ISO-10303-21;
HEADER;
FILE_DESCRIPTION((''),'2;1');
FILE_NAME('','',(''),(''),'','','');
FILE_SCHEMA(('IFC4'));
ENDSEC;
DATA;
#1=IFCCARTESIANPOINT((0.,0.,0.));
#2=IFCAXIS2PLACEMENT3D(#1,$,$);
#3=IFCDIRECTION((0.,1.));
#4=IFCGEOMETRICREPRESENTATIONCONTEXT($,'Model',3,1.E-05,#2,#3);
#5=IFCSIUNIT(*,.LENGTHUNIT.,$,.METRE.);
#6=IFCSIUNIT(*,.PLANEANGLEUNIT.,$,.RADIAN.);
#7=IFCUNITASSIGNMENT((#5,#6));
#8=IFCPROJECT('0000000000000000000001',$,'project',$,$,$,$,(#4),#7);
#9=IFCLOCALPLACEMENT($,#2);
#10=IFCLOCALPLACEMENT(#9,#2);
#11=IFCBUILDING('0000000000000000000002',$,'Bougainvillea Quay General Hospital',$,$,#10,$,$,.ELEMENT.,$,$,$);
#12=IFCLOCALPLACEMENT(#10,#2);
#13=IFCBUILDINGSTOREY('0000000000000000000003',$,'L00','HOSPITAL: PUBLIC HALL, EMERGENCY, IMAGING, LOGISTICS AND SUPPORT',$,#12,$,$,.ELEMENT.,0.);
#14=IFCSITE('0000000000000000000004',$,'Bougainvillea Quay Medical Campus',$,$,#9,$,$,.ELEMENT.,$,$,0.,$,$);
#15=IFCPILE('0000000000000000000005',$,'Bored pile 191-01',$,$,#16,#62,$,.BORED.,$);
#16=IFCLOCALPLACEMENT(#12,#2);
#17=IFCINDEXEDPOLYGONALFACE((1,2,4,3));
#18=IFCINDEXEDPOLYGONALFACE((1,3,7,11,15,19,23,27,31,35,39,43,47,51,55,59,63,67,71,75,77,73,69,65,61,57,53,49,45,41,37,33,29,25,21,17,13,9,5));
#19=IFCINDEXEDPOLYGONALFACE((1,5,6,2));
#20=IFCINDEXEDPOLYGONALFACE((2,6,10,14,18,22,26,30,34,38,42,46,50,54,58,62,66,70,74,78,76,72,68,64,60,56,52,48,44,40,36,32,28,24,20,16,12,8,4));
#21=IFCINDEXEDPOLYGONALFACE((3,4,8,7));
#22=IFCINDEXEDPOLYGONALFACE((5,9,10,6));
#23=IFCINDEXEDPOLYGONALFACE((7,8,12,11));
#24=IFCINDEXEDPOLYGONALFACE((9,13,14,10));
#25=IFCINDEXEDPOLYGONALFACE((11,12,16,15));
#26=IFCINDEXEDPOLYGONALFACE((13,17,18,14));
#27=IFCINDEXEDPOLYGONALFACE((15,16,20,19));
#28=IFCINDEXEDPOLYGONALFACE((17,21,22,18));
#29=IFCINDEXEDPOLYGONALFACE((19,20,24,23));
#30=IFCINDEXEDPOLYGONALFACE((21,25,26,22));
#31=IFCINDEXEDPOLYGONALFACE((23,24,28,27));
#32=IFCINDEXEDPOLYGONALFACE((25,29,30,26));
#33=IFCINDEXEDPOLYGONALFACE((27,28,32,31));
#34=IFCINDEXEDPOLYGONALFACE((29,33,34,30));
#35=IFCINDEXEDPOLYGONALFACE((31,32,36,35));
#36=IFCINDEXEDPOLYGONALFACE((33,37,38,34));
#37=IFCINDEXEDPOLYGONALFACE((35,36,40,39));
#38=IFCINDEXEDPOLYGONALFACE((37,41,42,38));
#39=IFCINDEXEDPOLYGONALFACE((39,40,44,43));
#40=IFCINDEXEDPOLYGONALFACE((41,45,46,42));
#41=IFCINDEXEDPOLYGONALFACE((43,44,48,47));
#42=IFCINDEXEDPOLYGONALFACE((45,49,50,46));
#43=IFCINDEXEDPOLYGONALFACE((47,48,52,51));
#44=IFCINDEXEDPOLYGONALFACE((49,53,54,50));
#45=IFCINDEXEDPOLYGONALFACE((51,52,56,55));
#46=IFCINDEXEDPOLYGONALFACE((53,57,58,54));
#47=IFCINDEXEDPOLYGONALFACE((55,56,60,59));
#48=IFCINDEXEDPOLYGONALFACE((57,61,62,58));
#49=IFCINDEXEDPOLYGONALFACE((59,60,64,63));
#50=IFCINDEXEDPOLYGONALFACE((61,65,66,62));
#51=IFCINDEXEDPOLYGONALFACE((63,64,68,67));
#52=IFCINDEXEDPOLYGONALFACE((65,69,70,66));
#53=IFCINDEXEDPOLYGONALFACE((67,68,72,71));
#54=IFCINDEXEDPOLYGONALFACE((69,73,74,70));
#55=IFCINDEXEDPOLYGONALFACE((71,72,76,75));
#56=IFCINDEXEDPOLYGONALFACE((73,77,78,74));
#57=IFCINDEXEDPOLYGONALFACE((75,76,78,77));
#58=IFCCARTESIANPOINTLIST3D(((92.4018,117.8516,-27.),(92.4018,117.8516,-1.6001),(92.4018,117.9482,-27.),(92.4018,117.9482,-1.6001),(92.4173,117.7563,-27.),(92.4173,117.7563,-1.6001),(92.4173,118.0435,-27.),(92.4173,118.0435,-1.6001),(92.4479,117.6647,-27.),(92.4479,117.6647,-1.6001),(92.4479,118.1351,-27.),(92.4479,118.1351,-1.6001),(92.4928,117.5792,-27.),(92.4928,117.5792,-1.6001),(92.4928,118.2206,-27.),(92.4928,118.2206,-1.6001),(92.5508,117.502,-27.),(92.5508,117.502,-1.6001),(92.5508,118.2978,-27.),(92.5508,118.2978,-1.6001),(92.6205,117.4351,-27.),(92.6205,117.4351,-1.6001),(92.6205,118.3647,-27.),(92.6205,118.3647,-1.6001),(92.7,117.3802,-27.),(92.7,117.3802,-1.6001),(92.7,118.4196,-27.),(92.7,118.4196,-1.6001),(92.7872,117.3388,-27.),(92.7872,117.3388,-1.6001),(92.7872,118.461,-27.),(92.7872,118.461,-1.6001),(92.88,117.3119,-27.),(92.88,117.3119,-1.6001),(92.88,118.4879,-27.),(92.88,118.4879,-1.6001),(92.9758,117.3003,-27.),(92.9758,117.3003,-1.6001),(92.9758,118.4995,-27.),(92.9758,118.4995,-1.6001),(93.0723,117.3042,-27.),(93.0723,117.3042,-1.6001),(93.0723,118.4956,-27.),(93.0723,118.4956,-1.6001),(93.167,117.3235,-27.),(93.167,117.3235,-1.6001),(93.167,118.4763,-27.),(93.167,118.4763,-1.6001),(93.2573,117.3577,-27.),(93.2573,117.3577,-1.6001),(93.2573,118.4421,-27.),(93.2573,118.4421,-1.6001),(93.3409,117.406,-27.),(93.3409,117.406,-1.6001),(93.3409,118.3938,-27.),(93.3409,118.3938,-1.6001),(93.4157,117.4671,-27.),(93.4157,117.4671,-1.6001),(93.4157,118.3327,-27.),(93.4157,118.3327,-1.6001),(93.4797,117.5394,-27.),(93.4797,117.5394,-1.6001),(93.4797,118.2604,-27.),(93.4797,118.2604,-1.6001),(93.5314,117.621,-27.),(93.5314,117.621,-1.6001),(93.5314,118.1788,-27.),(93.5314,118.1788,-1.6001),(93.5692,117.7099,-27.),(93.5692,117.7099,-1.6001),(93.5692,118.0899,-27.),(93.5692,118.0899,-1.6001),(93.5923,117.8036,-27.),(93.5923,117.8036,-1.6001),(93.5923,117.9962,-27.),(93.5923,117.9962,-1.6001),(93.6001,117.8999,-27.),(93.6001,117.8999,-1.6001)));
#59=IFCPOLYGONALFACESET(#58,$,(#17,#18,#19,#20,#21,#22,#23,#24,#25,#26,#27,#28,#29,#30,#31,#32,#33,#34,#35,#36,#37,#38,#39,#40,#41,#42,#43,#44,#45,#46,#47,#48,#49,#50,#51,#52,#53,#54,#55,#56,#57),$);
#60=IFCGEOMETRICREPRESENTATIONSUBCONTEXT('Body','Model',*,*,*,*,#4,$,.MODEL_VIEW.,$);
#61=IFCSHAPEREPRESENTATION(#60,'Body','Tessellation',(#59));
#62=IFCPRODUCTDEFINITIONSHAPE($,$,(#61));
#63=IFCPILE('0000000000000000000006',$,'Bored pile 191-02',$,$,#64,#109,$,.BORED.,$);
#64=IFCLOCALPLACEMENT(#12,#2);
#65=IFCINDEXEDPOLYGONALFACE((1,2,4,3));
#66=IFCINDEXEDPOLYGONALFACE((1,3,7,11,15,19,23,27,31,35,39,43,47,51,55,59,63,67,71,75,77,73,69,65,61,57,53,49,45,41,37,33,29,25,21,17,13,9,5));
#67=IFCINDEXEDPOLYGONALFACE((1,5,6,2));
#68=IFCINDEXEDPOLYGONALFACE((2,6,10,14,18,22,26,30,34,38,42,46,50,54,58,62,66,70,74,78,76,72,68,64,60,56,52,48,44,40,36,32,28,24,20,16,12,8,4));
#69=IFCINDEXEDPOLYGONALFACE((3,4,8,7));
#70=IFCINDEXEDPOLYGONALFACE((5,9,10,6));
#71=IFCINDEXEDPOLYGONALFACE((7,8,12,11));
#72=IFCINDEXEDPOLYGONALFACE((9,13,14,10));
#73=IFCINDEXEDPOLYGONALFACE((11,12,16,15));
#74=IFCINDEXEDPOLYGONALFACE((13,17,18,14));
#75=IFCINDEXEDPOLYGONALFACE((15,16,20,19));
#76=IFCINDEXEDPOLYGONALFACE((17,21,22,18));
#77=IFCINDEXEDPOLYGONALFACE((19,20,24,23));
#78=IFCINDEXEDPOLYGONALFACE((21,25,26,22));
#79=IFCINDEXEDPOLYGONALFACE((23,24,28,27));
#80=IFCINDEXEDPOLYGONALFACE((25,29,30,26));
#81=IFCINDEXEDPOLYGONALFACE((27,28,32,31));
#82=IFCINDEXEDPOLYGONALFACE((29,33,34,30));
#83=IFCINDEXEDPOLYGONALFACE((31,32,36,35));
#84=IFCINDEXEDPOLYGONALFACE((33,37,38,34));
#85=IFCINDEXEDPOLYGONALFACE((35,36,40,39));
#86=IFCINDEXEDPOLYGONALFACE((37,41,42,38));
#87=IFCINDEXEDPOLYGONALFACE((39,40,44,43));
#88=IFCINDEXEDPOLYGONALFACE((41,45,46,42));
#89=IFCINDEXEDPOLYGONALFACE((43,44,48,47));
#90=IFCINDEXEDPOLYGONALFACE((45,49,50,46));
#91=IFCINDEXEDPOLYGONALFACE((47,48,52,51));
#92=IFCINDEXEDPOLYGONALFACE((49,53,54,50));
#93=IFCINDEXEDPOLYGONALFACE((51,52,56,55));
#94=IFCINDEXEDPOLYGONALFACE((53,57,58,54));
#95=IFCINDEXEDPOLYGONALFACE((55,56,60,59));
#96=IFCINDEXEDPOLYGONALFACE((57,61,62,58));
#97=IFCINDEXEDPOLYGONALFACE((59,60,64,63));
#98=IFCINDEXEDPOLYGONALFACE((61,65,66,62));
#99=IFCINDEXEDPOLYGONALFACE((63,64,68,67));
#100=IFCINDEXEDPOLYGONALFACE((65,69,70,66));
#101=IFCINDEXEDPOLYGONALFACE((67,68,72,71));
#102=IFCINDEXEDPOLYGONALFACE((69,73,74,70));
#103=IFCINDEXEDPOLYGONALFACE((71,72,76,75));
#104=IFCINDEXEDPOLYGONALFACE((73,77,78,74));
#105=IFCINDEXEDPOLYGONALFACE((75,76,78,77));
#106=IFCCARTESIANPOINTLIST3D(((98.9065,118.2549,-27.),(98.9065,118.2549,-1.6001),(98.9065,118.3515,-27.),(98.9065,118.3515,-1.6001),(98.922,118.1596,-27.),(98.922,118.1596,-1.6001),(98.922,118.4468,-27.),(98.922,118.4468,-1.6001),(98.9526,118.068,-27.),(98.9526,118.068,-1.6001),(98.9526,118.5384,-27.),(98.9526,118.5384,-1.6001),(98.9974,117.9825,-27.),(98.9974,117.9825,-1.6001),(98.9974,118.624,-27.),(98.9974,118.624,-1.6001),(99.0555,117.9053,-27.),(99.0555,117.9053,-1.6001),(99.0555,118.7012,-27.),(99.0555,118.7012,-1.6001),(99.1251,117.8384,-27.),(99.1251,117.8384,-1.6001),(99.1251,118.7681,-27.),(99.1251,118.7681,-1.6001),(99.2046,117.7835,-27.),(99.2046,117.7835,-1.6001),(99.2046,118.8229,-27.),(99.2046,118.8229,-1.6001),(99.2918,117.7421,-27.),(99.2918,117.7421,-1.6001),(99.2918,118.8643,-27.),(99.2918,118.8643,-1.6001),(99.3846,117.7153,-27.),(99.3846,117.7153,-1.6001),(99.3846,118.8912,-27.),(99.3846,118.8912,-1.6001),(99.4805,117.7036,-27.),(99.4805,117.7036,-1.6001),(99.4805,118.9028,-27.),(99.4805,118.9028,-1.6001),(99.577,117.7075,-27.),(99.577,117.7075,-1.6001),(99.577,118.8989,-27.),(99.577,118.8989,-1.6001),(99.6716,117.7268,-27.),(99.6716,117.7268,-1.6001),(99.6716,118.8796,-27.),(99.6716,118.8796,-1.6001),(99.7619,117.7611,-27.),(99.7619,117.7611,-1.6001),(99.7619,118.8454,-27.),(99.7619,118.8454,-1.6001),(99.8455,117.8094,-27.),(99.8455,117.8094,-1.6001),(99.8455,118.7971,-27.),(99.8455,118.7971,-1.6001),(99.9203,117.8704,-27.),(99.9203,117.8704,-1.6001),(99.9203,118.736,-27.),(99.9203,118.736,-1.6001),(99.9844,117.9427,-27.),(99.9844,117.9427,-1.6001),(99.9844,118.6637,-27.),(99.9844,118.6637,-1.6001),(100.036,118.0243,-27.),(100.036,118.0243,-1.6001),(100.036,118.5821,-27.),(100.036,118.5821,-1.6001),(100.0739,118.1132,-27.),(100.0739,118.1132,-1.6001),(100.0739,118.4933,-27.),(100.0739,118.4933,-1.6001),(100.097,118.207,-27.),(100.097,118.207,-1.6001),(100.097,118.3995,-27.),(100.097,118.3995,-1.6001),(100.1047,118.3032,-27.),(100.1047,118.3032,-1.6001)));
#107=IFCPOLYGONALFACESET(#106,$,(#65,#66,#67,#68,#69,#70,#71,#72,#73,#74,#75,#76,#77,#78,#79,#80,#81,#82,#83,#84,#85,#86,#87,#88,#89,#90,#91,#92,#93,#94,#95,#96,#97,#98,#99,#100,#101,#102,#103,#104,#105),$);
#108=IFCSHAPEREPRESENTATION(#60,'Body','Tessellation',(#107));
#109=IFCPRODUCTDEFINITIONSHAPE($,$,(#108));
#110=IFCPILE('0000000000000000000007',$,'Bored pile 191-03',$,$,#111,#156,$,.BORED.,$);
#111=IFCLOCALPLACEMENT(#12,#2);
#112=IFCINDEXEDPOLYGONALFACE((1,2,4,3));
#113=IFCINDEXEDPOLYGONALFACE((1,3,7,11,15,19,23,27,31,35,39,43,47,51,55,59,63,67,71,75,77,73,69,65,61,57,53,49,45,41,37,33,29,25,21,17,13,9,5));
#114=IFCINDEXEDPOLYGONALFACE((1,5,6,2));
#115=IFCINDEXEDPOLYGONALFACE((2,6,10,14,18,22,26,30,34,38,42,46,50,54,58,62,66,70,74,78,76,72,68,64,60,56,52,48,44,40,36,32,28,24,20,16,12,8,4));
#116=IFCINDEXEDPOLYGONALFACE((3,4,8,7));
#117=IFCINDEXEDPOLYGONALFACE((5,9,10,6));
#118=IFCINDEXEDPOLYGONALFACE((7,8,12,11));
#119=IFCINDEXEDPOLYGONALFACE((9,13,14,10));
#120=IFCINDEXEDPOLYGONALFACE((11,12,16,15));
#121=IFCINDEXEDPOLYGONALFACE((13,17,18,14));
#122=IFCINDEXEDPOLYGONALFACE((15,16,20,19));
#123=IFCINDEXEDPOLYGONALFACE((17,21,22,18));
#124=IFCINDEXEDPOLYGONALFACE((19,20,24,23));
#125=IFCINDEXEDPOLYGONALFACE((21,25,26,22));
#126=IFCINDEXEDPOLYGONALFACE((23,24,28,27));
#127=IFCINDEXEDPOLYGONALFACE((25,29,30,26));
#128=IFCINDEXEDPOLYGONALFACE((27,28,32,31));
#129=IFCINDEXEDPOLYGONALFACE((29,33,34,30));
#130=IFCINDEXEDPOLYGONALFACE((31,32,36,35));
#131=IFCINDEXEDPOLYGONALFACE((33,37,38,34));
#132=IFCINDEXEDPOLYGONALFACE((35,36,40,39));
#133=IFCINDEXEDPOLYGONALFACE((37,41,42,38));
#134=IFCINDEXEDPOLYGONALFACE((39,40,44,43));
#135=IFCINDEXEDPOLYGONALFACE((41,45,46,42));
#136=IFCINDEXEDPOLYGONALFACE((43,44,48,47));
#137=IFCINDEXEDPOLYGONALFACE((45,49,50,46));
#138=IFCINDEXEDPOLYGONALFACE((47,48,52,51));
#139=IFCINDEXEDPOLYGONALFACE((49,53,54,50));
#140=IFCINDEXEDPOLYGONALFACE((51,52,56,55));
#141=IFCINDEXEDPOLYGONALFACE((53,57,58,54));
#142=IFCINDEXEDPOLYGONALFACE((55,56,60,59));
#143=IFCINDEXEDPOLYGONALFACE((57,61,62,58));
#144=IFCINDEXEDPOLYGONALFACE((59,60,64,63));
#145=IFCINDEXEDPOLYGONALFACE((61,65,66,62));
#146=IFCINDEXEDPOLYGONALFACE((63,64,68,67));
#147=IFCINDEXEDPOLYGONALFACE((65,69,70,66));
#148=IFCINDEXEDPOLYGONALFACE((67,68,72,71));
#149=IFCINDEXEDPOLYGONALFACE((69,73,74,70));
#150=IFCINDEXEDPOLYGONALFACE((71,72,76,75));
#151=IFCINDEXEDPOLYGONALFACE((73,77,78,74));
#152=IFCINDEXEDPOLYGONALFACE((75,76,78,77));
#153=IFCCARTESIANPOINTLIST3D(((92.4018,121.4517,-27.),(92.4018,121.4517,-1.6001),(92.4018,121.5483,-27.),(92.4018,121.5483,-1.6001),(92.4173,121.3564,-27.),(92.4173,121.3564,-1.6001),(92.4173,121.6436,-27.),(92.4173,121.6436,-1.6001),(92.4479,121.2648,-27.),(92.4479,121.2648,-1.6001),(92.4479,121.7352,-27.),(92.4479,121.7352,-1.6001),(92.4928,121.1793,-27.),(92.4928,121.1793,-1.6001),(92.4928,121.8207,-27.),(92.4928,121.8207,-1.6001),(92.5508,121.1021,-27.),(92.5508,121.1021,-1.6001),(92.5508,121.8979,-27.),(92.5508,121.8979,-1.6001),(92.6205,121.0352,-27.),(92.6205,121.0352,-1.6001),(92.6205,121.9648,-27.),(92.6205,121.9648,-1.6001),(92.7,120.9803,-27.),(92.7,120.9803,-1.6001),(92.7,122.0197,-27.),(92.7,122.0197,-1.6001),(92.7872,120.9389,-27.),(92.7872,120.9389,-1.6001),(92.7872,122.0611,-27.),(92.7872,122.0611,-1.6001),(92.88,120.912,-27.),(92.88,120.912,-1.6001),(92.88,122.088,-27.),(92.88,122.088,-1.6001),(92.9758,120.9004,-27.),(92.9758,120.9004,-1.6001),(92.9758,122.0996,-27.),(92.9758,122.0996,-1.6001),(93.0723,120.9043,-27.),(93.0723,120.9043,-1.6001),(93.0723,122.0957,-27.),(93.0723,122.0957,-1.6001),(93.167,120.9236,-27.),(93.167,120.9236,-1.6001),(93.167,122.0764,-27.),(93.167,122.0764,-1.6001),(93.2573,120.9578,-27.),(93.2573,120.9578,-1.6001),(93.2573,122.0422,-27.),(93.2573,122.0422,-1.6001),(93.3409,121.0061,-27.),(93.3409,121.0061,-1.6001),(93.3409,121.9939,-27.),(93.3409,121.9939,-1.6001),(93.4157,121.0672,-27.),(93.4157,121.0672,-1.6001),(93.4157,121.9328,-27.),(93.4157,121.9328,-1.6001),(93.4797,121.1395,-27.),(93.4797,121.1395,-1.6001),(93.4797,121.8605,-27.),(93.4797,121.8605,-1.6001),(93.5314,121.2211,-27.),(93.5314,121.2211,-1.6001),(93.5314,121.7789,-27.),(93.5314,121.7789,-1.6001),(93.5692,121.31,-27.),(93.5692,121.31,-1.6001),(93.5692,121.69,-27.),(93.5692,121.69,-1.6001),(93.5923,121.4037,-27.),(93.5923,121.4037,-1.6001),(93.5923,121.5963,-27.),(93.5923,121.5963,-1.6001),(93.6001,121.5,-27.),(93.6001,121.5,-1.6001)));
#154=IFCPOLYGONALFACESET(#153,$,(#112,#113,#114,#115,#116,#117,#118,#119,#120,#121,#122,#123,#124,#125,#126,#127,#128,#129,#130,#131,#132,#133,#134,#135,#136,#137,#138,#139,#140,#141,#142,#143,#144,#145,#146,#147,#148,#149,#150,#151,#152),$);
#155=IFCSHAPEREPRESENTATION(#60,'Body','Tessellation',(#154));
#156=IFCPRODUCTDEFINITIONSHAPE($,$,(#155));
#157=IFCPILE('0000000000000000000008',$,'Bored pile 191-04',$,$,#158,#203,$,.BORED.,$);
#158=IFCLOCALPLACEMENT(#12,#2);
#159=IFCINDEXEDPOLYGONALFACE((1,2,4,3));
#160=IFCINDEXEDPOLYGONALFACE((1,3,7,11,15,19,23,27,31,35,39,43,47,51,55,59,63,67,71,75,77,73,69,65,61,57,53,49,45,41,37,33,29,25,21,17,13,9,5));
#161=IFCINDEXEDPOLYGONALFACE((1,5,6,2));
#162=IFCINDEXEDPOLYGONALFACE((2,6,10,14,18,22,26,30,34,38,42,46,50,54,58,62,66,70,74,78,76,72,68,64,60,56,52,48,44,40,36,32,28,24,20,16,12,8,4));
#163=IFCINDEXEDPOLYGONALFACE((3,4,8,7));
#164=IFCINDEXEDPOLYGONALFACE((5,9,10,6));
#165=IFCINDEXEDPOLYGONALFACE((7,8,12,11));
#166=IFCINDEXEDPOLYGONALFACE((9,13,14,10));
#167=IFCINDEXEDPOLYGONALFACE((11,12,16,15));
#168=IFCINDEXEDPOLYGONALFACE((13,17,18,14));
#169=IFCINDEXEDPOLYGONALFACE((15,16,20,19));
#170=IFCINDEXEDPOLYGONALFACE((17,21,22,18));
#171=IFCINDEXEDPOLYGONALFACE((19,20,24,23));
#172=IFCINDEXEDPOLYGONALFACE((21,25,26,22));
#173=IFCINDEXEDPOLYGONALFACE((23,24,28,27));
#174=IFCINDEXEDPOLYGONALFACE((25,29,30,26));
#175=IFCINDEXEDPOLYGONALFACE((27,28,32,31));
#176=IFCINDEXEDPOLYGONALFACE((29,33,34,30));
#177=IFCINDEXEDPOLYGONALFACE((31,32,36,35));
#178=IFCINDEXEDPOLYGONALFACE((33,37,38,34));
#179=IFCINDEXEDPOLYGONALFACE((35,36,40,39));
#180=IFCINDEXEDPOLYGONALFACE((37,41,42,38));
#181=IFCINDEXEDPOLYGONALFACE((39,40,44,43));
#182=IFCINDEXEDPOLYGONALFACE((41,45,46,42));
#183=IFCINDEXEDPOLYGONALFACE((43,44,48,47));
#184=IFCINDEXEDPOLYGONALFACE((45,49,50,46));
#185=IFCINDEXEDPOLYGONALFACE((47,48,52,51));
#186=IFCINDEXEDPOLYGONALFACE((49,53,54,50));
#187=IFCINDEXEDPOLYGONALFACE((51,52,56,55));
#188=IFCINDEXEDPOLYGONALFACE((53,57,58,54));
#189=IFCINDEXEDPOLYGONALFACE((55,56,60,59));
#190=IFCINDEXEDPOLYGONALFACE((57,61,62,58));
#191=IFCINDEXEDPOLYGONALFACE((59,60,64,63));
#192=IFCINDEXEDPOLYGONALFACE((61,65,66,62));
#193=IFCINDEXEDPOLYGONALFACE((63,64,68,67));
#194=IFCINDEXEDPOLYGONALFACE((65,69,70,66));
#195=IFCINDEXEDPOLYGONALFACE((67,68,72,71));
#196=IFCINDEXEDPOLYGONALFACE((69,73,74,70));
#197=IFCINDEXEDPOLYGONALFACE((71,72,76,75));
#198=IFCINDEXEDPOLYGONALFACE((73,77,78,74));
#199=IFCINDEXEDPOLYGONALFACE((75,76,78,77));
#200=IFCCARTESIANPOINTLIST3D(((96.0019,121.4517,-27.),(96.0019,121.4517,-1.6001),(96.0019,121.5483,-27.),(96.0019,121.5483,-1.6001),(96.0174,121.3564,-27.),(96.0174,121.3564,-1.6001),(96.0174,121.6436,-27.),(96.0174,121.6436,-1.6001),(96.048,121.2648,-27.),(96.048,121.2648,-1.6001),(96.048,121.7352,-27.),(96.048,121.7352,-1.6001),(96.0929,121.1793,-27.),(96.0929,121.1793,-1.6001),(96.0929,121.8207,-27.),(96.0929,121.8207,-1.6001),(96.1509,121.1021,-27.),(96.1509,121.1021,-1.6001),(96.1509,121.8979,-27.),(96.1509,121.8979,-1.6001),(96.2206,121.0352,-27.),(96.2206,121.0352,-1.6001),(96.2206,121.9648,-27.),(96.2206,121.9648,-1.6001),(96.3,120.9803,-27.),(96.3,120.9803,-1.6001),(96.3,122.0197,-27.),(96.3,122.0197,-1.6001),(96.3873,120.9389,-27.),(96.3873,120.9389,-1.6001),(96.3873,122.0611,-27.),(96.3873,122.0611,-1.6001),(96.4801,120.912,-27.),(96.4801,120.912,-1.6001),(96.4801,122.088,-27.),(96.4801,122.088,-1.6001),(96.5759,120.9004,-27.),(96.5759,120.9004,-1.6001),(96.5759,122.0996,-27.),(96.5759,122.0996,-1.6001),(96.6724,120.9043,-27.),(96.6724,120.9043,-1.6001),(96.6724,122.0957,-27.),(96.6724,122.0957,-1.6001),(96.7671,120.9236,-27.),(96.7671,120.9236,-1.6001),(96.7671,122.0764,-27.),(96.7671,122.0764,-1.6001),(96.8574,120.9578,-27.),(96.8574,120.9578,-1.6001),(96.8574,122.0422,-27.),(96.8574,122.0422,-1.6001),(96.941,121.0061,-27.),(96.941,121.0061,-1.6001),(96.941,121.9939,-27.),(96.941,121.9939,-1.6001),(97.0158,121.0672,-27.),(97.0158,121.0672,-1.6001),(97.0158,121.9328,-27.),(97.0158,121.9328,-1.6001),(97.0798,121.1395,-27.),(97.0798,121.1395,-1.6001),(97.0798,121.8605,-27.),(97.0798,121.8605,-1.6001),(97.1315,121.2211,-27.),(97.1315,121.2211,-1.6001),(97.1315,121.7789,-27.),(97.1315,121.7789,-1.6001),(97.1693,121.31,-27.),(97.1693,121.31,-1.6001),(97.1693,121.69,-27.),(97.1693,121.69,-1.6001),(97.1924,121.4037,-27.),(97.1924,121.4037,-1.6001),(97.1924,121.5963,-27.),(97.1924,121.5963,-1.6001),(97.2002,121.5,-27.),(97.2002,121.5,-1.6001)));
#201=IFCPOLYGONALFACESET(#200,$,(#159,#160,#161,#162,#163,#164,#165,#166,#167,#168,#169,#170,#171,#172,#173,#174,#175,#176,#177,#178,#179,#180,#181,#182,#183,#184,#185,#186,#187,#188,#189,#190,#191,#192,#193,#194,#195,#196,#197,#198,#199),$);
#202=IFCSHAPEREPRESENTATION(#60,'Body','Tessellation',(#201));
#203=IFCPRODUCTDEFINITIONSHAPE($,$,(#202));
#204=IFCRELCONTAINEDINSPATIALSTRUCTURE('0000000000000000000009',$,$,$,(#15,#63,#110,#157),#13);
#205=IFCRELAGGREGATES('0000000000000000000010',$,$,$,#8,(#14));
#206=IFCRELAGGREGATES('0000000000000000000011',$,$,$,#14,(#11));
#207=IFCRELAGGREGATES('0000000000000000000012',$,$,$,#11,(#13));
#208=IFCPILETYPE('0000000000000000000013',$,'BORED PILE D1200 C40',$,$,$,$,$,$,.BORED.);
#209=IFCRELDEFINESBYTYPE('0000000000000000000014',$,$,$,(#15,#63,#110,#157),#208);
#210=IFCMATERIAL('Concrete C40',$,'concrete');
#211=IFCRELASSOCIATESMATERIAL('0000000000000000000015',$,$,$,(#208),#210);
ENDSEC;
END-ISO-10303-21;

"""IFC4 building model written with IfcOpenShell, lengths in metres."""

from ifc_helpers import new_model, si_unit, direction, frame, origin, origin_2d, place, context, subcontext, project, spatial, circle, extrude, material, material_profile, profile_set, type_object, element, save


model = new_model("IFC4")

# Units and contexts
model_context = context("Model", 3, precision=1e-05, world=origin(), true_north=direction((0.0, 1.0)))
body_context = subcontext(model_context, "Body", "Model", "MODEL_VIEW")
ifc_project = project(units=[si_unit("LENGTHUNIT", "METRE"), si_unit("PLANEANGLEUNIT", "RADIAN")], contexts=[model_context])

# Site, building, storey
site_placement = place(None, origin())
site = spatial("IfcSite", under=ifc_project, at=site_placement, Name="Bougainvillea Quay Medical Campus", CompositionType="ELEMENT", RefElevation=0.0)
building_placement = place(site_placement, origin())
building = spatial("IfcBuilding", under=site, at=building_placement, Name="Bougainvillea Quay General Hospital", CompositionType="ELEMENT")
storey_placement = place(building_placement, origin())
storey = spatial("IfcBuildingStorey", under=building, at=storey_placement, Name="L00", Description="HOSPITAL: PUBLIC HALL, EMERGENCY, IMAGING, LOGISTICS AND SUPPORT", CompositionType="ELEMENT", Elevation=0.0)

# Piles
ifc_material_1 = material(Name="Concrete C40", Category="concrete")
ifc_material_profile_1 = material_profile(ifc_material_1, circle(Radius=0.6001, at=origin_2d()))
ifc_profile_set_1 = profile_set([ifc_material_profile_1], Name="Concrete C40")
pile_type = type_object("IfcPileType", Name="BORED PILE D1200 C40", PredefinedType="BORED", material=ifc_profile_set_1)
for number, where, z_axis, x_axis, name in (
    (1, (93.0, 117.8999, -1.6001), (0.0, 0.0, -1.0), (1.0, 0.0, 0.0), "Bored pile 191-01"),
    (2, (99.5046, 118.3032, -1.6001), (0.0, 0.0, -1.0), (1.0, 0.0, 0.0), "Bored pile 191-02"),
    (3, (93.0, 121.5, -1.6001), (0.0, 0.0, -1.0), (1.0, 0.0, 0.0), "Bored pile 191-03"),
    (4, (96.6001, 121.5, -1.6001), (0.0, 0.0, -1.0), (1.0, 0.0, 0.0), "Bored pile 191-04"),
):
    element("IfcPile", number, at=place(storey_placement, frame(where, z_axis=z_axis, x_axis=x_axis)), inside=storey, type_object=pile_type, Name=name, PredefinedType="BORED", context=body_context, shape_type="SweptSolid", body=[
        extrude(circle(Radius=0.6001, at=origin_2d()), origin(), (0.0, 0.0, 1.0), 25.3999),
    ])

save(model, "model.ifc")
